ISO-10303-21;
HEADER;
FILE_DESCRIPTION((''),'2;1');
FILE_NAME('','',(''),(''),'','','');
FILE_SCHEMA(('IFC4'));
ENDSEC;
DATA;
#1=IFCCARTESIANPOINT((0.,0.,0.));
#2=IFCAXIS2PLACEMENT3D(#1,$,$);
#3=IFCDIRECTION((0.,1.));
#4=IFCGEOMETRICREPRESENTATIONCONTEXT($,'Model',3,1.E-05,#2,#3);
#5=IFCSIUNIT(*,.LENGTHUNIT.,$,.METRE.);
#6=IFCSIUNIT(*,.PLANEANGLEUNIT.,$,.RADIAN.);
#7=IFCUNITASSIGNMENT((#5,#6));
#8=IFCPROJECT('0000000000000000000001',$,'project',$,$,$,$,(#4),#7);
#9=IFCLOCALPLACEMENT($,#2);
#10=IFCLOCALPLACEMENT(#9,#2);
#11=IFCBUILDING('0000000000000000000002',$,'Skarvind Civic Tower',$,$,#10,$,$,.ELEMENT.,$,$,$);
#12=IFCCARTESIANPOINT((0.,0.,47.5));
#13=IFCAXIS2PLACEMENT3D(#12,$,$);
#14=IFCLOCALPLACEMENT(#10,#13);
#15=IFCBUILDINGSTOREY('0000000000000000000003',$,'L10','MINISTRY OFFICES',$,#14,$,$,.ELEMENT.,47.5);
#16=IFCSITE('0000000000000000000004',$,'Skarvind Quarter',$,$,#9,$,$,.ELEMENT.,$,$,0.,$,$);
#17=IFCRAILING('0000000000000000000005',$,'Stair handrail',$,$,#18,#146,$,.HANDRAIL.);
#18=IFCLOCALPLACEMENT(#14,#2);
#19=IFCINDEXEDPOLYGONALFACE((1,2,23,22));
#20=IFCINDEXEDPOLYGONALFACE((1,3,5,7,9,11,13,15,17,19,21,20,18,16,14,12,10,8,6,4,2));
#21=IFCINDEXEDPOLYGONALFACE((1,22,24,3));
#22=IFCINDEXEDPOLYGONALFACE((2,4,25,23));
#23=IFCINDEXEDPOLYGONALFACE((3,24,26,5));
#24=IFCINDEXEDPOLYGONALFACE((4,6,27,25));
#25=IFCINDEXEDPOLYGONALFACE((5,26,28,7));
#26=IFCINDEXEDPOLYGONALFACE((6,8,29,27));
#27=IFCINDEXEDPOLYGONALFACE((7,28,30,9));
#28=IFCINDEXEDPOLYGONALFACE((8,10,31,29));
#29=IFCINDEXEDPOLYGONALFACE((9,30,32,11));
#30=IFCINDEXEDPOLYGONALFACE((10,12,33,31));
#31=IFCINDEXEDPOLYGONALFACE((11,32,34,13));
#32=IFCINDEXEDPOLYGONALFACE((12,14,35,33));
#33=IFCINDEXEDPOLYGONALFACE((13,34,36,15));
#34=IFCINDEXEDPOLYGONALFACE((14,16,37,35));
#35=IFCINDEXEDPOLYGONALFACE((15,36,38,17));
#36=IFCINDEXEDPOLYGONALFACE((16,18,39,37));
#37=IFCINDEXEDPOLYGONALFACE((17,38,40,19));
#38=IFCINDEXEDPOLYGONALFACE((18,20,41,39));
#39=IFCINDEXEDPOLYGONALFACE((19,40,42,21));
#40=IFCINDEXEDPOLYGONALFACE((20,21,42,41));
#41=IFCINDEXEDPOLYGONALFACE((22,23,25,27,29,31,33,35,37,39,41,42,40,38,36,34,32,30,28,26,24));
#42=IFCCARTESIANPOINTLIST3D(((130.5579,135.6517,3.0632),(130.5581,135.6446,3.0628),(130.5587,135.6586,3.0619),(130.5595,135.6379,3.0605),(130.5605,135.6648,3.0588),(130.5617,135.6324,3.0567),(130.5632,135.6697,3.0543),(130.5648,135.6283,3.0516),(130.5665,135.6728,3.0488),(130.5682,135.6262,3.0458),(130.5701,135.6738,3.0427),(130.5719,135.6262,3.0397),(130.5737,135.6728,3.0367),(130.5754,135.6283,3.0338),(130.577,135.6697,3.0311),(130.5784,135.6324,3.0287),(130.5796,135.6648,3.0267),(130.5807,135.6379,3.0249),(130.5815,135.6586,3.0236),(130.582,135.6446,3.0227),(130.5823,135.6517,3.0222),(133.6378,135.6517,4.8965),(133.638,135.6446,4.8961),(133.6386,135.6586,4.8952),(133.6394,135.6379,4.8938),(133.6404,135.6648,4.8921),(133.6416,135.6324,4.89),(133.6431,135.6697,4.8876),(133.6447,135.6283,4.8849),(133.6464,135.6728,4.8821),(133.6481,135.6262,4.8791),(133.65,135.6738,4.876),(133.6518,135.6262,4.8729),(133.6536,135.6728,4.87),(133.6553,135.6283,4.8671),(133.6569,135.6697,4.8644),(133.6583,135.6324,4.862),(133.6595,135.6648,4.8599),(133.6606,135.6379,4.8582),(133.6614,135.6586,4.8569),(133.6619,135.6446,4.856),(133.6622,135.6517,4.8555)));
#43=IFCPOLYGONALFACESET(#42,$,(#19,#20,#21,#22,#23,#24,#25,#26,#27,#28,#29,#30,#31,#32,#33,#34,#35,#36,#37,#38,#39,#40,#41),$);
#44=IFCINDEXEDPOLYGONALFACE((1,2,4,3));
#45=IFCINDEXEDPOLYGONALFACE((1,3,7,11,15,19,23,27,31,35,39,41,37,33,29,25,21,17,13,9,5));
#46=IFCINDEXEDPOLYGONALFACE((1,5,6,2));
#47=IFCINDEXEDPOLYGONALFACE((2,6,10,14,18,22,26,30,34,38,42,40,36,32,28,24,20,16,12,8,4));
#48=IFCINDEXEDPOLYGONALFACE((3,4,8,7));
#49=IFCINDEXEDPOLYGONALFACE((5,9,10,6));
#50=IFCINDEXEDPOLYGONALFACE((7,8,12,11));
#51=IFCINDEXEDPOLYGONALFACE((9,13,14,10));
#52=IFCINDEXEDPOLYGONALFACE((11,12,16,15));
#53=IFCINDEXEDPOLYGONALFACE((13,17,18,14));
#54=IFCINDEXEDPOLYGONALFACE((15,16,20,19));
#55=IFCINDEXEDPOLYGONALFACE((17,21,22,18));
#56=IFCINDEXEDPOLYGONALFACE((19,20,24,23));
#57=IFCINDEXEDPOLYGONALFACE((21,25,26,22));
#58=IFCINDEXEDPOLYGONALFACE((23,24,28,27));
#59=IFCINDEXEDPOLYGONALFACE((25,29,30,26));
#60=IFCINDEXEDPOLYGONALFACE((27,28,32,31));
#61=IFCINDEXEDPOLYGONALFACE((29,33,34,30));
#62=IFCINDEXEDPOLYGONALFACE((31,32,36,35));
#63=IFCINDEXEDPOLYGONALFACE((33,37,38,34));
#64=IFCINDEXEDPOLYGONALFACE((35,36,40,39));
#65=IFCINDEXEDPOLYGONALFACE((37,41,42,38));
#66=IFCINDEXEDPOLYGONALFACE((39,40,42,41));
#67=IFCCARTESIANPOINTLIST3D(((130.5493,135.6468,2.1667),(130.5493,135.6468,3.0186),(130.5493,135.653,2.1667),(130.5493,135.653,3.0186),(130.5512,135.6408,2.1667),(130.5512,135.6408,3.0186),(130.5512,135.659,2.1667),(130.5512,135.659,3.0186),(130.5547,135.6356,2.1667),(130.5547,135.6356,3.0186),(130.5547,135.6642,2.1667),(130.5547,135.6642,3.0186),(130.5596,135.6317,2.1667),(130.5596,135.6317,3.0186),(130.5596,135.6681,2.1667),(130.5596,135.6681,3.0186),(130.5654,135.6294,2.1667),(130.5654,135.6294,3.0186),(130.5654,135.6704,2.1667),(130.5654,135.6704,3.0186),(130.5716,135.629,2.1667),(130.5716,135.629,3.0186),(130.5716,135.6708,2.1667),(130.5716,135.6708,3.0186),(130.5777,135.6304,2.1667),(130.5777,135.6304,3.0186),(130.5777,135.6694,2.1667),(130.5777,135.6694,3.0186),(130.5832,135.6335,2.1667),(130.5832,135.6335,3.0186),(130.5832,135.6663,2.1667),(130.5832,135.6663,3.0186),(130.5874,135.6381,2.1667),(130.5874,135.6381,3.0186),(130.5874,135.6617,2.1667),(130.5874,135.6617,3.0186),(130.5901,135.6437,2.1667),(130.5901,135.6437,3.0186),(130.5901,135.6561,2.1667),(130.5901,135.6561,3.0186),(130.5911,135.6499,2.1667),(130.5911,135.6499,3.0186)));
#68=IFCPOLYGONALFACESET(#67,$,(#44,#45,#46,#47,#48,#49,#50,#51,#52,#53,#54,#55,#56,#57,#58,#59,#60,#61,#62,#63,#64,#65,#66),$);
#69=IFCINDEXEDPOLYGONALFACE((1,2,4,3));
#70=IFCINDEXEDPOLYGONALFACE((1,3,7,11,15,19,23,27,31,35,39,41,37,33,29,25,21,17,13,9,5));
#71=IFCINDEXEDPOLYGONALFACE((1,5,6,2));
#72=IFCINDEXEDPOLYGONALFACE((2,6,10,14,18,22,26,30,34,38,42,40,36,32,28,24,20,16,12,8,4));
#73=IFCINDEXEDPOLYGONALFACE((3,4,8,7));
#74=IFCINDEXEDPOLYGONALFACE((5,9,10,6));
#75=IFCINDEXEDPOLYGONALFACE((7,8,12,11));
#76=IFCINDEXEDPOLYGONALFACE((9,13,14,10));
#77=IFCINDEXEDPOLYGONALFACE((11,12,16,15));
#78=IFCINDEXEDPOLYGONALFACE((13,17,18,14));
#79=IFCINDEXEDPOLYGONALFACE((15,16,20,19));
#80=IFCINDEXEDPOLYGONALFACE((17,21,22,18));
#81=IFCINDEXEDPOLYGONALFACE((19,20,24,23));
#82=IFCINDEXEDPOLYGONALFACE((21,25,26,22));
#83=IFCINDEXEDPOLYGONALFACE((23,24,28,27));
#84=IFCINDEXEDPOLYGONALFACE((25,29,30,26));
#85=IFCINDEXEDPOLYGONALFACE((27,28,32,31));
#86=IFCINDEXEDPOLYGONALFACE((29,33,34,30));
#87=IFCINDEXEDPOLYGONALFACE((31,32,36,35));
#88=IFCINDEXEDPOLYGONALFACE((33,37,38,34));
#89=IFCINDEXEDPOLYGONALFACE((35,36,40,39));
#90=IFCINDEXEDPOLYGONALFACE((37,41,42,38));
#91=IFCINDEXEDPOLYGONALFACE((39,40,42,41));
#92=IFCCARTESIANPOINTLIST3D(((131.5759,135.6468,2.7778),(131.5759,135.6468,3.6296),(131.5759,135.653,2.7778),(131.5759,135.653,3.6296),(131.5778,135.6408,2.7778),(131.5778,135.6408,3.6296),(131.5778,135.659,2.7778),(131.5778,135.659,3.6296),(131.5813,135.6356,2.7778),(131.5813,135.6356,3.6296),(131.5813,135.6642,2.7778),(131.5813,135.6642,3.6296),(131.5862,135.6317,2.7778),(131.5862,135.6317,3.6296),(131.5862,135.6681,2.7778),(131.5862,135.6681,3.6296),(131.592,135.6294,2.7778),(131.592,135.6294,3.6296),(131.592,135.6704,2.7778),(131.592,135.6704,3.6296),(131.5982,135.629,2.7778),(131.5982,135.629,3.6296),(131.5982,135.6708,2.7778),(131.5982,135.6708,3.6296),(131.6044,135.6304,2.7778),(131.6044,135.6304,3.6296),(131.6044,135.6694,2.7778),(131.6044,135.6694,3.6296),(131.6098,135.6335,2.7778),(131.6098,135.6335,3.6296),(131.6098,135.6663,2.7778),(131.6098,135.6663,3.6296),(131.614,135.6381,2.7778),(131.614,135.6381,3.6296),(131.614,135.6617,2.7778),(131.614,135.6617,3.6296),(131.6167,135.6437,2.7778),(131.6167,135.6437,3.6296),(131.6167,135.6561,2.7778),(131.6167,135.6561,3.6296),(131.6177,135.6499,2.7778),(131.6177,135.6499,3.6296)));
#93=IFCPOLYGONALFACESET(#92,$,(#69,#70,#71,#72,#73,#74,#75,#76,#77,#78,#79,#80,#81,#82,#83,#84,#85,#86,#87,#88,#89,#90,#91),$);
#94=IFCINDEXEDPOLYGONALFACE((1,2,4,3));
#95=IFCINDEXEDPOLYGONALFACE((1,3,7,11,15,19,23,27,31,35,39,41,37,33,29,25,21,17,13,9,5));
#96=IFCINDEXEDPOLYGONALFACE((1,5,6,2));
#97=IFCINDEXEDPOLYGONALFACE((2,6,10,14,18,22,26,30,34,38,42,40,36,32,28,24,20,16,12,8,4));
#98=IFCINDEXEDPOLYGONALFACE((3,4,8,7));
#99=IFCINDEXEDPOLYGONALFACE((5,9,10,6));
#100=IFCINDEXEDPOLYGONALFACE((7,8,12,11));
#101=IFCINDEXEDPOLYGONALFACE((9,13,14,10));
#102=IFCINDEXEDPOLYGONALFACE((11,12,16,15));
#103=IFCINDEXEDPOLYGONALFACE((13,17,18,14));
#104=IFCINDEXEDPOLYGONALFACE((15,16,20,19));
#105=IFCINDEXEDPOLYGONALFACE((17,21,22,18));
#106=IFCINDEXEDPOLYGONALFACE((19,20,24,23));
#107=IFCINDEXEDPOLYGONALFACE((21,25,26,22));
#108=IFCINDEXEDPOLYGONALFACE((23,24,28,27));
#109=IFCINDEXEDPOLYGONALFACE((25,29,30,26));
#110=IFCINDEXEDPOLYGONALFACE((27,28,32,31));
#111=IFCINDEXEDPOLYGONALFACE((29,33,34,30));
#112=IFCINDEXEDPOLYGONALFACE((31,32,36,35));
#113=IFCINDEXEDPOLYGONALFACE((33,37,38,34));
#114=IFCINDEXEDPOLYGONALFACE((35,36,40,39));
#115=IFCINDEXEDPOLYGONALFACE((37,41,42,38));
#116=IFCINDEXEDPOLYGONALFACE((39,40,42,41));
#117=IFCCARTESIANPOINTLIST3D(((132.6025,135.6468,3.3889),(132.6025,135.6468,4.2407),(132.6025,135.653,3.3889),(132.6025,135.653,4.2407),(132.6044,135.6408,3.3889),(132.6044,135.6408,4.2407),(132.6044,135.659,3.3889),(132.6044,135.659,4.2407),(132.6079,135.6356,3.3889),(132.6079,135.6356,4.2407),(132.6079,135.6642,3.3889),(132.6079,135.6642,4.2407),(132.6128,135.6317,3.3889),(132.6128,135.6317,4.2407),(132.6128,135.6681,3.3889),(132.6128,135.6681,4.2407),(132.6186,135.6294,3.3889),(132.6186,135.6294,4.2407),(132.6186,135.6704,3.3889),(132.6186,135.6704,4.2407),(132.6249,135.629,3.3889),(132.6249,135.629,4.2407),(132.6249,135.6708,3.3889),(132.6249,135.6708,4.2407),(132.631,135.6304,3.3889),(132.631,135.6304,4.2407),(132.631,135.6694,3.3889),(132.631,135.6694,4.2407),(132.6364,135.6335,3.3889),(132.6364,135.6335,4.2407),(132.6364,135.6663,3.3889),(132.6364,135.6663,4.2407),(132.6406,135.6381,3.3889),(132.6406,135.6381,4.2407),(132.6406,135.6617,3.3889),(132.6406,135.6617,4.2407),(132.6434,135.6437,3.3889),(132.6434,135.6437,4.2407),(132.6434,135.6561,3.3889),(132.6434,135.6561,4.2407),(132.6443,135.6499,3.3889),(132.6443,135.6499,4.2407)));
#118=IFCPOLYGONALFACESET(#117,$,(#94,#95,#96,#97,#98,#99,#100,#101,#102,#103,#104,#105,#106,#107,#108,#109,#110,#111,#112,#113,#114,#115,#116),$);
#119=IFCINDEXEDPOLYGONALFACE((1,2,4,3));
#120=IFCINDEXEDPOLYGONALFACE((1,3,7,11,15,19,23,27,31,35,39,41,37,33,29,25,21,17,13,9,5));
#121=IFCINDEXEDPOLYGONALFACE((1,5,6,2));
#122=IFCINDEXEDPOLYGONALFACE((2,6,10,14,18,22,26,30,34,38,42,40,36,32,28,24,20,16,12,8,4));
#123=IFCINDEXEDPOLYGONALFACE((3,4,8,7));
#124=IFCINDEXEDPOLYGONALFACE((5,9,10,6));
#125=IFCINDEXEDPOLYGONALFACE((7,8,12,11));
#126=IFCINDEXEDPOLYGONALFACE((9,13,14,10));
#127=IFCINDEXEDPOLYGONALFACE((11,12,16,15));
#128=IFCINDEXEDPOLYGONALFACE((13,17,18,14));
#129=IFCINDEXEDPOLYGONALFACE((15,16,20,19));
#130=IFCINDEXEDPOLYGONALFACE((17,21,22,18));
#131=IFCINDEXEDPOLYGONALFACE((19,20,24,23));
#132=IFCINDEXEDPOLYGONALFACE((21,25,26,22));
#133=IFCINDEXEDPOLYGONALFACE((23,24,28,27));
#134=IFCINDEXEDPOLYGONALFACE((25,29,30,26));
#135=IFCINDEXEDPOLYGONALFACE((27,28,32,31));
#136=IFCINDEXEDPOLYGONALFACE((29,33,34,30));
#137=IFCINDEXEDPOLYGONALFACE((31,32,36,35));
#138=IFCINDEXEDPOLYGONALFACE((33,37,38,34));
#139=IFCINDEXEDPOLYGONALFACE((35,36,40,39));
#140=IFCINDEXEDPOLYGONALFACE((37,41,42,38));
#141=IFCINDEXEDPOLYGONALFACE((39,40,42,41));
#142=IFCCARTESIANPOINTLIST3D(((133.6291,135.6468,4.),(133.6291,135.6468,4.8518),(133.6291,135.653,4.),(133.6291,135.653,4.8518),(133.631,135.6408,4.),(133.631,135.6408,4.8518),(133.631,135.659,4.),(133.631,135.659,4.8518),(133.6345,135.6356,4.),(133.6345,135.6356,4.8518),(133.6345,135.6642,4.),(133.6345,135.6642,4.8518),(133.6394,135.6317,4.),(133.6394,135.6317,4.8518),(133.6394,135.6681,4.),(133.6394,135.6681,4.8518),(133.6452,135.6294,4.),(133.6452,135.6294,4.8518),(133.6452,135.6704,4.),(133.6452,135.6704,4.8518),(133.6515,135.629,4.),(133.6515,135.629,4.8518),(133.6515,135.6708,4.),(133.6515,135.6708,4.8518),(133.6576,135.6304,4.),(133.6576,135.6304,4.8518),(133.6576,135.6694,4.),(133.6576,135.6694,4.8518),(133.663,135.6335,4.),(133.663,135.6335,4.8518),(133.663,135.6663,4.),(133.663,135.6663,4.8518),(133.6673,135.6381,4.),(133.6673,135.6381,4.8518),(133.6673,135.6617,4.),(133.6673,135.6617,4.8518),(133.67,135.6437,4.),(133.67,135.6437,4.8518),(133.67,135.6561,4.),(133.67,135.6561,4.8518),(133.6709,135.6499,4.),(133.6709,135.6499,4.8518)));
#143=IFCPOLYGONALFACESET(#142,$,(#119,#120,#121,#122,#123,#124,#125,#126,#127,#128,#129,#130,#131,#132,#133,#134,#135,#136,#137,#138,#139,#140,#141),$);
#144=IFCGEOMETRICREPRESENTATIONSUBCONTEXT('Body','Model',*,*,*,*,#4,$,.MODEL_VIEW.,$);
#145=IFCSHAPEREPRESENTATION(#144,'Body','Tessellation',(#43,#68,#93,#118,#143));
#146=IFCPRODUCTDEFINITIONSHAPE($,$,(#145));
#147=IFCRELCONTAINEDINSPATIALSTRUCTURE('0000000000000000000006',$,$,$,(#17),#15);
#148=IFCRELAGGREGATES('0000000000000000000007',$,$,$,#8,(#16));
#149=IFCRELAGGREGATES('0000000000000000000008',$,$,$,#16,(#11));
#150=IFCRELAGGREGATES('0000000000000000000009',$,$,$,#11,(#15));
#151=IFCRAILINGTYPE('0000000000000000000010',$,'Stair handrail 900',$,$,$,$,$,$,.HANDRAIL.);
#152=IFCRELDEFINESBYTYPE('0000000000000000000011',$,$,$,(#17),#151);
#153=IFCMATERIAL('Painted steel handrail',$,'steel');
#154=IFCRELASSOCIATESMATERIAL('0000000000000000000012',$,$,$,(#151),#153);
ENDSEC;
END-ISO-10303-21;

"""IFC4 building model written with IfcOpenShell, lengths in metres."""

from ifc_helpers import new_model, si_unit, direction, frame, origin, origin_2d, place, context, subcontext, project, spatial, circle, extrude, material, type_object, element, save


model = new_model("IFC4")

# Units and contexts
model_context = context("Model", 3, precision=1e-05, world=origin(), true_north=direction((0.0, 1.0)))
body_context = subcontext(model_context, "Body", "Model", "MODEL_VIEW")
ifc_project = project(units=[si_unit("LENGTHUNIT", "METRE"), si_unit("PLANEANGLEUNIT", "RADIAN")], contexts=[model_context])

# Site, building, storey
site_placement = place(None, origin())
site = spatial("IfcSite", under=ifc_project, at=site_placement, Name="Skarvind Quarter", CompositionType="ELEMENT", RefElevation=0.0)
building_placement = place(site_placement, origin())
building = spatial("IfcBuilding", under=site, at=building_placement, Name="Skarvind Civic Tower", CompositionType="ELEMENT")
storey_placement = place(building_placement, frame((0.0, 0.0, 47.5)))
storey = spatial("IfcBuildingStorey", under=building, at=storey_placement, Name="L10", Description="MINISTRY OFFICES", CompositionType="ELEMENT", Elevation=47.5)

# Railing
ifc_material_1 = material(Name="Painted steel handrail", Category="steel")
railing_type = type_object("IfcRailingType", Name="Stair handrail 900", PredefinedType="HANDRAIL", material=ifc_material_1)
railing_1_placement = place(storey_placement, frame((130.5701, 135.6499, 2.1667)))
element("IfcRailing", 1, at=railing_1_placement, inside=storey, type_object=railing_type, Name="Stair handrail", PredefinedType="HANDRAIL", context=body_context, shape_type="SweptSolid", body=[
    extrude(circle(Radius=0.0239, at=origin_2d()), frame((0.0, 0.0, 0.876), z_axis=(0.859291, 0.0, 0.511487), x_axis=(0.0, 1.0, 0.0)), (0.0, 0.0, 1.0), 3.5842),
    extrude(circle(Radius=0.021, at=origin_2d()), origin(), (0.0, 0.0, 1.0), 0.8518),
    extrude(circle(Radius=0.021, at=origin_2d()), frame((1.0266, 0.0, 0.6111)), (0.0, 0.0, 1.0), 0.8518),
    extrude(circle(Radius=0.021, at=origin_2d()), frame((2.0532, 0.0, 1.2222)), (0.0, 0.0, 1.0), 0.8518),
    extrude(circle(Radius=0.021, at=origin_2d()), frame((3.0798, 0.0, 1.8333)), (0.0, 0.0, 1.0), 0.8518),
])

save(model, "model.ifc")
